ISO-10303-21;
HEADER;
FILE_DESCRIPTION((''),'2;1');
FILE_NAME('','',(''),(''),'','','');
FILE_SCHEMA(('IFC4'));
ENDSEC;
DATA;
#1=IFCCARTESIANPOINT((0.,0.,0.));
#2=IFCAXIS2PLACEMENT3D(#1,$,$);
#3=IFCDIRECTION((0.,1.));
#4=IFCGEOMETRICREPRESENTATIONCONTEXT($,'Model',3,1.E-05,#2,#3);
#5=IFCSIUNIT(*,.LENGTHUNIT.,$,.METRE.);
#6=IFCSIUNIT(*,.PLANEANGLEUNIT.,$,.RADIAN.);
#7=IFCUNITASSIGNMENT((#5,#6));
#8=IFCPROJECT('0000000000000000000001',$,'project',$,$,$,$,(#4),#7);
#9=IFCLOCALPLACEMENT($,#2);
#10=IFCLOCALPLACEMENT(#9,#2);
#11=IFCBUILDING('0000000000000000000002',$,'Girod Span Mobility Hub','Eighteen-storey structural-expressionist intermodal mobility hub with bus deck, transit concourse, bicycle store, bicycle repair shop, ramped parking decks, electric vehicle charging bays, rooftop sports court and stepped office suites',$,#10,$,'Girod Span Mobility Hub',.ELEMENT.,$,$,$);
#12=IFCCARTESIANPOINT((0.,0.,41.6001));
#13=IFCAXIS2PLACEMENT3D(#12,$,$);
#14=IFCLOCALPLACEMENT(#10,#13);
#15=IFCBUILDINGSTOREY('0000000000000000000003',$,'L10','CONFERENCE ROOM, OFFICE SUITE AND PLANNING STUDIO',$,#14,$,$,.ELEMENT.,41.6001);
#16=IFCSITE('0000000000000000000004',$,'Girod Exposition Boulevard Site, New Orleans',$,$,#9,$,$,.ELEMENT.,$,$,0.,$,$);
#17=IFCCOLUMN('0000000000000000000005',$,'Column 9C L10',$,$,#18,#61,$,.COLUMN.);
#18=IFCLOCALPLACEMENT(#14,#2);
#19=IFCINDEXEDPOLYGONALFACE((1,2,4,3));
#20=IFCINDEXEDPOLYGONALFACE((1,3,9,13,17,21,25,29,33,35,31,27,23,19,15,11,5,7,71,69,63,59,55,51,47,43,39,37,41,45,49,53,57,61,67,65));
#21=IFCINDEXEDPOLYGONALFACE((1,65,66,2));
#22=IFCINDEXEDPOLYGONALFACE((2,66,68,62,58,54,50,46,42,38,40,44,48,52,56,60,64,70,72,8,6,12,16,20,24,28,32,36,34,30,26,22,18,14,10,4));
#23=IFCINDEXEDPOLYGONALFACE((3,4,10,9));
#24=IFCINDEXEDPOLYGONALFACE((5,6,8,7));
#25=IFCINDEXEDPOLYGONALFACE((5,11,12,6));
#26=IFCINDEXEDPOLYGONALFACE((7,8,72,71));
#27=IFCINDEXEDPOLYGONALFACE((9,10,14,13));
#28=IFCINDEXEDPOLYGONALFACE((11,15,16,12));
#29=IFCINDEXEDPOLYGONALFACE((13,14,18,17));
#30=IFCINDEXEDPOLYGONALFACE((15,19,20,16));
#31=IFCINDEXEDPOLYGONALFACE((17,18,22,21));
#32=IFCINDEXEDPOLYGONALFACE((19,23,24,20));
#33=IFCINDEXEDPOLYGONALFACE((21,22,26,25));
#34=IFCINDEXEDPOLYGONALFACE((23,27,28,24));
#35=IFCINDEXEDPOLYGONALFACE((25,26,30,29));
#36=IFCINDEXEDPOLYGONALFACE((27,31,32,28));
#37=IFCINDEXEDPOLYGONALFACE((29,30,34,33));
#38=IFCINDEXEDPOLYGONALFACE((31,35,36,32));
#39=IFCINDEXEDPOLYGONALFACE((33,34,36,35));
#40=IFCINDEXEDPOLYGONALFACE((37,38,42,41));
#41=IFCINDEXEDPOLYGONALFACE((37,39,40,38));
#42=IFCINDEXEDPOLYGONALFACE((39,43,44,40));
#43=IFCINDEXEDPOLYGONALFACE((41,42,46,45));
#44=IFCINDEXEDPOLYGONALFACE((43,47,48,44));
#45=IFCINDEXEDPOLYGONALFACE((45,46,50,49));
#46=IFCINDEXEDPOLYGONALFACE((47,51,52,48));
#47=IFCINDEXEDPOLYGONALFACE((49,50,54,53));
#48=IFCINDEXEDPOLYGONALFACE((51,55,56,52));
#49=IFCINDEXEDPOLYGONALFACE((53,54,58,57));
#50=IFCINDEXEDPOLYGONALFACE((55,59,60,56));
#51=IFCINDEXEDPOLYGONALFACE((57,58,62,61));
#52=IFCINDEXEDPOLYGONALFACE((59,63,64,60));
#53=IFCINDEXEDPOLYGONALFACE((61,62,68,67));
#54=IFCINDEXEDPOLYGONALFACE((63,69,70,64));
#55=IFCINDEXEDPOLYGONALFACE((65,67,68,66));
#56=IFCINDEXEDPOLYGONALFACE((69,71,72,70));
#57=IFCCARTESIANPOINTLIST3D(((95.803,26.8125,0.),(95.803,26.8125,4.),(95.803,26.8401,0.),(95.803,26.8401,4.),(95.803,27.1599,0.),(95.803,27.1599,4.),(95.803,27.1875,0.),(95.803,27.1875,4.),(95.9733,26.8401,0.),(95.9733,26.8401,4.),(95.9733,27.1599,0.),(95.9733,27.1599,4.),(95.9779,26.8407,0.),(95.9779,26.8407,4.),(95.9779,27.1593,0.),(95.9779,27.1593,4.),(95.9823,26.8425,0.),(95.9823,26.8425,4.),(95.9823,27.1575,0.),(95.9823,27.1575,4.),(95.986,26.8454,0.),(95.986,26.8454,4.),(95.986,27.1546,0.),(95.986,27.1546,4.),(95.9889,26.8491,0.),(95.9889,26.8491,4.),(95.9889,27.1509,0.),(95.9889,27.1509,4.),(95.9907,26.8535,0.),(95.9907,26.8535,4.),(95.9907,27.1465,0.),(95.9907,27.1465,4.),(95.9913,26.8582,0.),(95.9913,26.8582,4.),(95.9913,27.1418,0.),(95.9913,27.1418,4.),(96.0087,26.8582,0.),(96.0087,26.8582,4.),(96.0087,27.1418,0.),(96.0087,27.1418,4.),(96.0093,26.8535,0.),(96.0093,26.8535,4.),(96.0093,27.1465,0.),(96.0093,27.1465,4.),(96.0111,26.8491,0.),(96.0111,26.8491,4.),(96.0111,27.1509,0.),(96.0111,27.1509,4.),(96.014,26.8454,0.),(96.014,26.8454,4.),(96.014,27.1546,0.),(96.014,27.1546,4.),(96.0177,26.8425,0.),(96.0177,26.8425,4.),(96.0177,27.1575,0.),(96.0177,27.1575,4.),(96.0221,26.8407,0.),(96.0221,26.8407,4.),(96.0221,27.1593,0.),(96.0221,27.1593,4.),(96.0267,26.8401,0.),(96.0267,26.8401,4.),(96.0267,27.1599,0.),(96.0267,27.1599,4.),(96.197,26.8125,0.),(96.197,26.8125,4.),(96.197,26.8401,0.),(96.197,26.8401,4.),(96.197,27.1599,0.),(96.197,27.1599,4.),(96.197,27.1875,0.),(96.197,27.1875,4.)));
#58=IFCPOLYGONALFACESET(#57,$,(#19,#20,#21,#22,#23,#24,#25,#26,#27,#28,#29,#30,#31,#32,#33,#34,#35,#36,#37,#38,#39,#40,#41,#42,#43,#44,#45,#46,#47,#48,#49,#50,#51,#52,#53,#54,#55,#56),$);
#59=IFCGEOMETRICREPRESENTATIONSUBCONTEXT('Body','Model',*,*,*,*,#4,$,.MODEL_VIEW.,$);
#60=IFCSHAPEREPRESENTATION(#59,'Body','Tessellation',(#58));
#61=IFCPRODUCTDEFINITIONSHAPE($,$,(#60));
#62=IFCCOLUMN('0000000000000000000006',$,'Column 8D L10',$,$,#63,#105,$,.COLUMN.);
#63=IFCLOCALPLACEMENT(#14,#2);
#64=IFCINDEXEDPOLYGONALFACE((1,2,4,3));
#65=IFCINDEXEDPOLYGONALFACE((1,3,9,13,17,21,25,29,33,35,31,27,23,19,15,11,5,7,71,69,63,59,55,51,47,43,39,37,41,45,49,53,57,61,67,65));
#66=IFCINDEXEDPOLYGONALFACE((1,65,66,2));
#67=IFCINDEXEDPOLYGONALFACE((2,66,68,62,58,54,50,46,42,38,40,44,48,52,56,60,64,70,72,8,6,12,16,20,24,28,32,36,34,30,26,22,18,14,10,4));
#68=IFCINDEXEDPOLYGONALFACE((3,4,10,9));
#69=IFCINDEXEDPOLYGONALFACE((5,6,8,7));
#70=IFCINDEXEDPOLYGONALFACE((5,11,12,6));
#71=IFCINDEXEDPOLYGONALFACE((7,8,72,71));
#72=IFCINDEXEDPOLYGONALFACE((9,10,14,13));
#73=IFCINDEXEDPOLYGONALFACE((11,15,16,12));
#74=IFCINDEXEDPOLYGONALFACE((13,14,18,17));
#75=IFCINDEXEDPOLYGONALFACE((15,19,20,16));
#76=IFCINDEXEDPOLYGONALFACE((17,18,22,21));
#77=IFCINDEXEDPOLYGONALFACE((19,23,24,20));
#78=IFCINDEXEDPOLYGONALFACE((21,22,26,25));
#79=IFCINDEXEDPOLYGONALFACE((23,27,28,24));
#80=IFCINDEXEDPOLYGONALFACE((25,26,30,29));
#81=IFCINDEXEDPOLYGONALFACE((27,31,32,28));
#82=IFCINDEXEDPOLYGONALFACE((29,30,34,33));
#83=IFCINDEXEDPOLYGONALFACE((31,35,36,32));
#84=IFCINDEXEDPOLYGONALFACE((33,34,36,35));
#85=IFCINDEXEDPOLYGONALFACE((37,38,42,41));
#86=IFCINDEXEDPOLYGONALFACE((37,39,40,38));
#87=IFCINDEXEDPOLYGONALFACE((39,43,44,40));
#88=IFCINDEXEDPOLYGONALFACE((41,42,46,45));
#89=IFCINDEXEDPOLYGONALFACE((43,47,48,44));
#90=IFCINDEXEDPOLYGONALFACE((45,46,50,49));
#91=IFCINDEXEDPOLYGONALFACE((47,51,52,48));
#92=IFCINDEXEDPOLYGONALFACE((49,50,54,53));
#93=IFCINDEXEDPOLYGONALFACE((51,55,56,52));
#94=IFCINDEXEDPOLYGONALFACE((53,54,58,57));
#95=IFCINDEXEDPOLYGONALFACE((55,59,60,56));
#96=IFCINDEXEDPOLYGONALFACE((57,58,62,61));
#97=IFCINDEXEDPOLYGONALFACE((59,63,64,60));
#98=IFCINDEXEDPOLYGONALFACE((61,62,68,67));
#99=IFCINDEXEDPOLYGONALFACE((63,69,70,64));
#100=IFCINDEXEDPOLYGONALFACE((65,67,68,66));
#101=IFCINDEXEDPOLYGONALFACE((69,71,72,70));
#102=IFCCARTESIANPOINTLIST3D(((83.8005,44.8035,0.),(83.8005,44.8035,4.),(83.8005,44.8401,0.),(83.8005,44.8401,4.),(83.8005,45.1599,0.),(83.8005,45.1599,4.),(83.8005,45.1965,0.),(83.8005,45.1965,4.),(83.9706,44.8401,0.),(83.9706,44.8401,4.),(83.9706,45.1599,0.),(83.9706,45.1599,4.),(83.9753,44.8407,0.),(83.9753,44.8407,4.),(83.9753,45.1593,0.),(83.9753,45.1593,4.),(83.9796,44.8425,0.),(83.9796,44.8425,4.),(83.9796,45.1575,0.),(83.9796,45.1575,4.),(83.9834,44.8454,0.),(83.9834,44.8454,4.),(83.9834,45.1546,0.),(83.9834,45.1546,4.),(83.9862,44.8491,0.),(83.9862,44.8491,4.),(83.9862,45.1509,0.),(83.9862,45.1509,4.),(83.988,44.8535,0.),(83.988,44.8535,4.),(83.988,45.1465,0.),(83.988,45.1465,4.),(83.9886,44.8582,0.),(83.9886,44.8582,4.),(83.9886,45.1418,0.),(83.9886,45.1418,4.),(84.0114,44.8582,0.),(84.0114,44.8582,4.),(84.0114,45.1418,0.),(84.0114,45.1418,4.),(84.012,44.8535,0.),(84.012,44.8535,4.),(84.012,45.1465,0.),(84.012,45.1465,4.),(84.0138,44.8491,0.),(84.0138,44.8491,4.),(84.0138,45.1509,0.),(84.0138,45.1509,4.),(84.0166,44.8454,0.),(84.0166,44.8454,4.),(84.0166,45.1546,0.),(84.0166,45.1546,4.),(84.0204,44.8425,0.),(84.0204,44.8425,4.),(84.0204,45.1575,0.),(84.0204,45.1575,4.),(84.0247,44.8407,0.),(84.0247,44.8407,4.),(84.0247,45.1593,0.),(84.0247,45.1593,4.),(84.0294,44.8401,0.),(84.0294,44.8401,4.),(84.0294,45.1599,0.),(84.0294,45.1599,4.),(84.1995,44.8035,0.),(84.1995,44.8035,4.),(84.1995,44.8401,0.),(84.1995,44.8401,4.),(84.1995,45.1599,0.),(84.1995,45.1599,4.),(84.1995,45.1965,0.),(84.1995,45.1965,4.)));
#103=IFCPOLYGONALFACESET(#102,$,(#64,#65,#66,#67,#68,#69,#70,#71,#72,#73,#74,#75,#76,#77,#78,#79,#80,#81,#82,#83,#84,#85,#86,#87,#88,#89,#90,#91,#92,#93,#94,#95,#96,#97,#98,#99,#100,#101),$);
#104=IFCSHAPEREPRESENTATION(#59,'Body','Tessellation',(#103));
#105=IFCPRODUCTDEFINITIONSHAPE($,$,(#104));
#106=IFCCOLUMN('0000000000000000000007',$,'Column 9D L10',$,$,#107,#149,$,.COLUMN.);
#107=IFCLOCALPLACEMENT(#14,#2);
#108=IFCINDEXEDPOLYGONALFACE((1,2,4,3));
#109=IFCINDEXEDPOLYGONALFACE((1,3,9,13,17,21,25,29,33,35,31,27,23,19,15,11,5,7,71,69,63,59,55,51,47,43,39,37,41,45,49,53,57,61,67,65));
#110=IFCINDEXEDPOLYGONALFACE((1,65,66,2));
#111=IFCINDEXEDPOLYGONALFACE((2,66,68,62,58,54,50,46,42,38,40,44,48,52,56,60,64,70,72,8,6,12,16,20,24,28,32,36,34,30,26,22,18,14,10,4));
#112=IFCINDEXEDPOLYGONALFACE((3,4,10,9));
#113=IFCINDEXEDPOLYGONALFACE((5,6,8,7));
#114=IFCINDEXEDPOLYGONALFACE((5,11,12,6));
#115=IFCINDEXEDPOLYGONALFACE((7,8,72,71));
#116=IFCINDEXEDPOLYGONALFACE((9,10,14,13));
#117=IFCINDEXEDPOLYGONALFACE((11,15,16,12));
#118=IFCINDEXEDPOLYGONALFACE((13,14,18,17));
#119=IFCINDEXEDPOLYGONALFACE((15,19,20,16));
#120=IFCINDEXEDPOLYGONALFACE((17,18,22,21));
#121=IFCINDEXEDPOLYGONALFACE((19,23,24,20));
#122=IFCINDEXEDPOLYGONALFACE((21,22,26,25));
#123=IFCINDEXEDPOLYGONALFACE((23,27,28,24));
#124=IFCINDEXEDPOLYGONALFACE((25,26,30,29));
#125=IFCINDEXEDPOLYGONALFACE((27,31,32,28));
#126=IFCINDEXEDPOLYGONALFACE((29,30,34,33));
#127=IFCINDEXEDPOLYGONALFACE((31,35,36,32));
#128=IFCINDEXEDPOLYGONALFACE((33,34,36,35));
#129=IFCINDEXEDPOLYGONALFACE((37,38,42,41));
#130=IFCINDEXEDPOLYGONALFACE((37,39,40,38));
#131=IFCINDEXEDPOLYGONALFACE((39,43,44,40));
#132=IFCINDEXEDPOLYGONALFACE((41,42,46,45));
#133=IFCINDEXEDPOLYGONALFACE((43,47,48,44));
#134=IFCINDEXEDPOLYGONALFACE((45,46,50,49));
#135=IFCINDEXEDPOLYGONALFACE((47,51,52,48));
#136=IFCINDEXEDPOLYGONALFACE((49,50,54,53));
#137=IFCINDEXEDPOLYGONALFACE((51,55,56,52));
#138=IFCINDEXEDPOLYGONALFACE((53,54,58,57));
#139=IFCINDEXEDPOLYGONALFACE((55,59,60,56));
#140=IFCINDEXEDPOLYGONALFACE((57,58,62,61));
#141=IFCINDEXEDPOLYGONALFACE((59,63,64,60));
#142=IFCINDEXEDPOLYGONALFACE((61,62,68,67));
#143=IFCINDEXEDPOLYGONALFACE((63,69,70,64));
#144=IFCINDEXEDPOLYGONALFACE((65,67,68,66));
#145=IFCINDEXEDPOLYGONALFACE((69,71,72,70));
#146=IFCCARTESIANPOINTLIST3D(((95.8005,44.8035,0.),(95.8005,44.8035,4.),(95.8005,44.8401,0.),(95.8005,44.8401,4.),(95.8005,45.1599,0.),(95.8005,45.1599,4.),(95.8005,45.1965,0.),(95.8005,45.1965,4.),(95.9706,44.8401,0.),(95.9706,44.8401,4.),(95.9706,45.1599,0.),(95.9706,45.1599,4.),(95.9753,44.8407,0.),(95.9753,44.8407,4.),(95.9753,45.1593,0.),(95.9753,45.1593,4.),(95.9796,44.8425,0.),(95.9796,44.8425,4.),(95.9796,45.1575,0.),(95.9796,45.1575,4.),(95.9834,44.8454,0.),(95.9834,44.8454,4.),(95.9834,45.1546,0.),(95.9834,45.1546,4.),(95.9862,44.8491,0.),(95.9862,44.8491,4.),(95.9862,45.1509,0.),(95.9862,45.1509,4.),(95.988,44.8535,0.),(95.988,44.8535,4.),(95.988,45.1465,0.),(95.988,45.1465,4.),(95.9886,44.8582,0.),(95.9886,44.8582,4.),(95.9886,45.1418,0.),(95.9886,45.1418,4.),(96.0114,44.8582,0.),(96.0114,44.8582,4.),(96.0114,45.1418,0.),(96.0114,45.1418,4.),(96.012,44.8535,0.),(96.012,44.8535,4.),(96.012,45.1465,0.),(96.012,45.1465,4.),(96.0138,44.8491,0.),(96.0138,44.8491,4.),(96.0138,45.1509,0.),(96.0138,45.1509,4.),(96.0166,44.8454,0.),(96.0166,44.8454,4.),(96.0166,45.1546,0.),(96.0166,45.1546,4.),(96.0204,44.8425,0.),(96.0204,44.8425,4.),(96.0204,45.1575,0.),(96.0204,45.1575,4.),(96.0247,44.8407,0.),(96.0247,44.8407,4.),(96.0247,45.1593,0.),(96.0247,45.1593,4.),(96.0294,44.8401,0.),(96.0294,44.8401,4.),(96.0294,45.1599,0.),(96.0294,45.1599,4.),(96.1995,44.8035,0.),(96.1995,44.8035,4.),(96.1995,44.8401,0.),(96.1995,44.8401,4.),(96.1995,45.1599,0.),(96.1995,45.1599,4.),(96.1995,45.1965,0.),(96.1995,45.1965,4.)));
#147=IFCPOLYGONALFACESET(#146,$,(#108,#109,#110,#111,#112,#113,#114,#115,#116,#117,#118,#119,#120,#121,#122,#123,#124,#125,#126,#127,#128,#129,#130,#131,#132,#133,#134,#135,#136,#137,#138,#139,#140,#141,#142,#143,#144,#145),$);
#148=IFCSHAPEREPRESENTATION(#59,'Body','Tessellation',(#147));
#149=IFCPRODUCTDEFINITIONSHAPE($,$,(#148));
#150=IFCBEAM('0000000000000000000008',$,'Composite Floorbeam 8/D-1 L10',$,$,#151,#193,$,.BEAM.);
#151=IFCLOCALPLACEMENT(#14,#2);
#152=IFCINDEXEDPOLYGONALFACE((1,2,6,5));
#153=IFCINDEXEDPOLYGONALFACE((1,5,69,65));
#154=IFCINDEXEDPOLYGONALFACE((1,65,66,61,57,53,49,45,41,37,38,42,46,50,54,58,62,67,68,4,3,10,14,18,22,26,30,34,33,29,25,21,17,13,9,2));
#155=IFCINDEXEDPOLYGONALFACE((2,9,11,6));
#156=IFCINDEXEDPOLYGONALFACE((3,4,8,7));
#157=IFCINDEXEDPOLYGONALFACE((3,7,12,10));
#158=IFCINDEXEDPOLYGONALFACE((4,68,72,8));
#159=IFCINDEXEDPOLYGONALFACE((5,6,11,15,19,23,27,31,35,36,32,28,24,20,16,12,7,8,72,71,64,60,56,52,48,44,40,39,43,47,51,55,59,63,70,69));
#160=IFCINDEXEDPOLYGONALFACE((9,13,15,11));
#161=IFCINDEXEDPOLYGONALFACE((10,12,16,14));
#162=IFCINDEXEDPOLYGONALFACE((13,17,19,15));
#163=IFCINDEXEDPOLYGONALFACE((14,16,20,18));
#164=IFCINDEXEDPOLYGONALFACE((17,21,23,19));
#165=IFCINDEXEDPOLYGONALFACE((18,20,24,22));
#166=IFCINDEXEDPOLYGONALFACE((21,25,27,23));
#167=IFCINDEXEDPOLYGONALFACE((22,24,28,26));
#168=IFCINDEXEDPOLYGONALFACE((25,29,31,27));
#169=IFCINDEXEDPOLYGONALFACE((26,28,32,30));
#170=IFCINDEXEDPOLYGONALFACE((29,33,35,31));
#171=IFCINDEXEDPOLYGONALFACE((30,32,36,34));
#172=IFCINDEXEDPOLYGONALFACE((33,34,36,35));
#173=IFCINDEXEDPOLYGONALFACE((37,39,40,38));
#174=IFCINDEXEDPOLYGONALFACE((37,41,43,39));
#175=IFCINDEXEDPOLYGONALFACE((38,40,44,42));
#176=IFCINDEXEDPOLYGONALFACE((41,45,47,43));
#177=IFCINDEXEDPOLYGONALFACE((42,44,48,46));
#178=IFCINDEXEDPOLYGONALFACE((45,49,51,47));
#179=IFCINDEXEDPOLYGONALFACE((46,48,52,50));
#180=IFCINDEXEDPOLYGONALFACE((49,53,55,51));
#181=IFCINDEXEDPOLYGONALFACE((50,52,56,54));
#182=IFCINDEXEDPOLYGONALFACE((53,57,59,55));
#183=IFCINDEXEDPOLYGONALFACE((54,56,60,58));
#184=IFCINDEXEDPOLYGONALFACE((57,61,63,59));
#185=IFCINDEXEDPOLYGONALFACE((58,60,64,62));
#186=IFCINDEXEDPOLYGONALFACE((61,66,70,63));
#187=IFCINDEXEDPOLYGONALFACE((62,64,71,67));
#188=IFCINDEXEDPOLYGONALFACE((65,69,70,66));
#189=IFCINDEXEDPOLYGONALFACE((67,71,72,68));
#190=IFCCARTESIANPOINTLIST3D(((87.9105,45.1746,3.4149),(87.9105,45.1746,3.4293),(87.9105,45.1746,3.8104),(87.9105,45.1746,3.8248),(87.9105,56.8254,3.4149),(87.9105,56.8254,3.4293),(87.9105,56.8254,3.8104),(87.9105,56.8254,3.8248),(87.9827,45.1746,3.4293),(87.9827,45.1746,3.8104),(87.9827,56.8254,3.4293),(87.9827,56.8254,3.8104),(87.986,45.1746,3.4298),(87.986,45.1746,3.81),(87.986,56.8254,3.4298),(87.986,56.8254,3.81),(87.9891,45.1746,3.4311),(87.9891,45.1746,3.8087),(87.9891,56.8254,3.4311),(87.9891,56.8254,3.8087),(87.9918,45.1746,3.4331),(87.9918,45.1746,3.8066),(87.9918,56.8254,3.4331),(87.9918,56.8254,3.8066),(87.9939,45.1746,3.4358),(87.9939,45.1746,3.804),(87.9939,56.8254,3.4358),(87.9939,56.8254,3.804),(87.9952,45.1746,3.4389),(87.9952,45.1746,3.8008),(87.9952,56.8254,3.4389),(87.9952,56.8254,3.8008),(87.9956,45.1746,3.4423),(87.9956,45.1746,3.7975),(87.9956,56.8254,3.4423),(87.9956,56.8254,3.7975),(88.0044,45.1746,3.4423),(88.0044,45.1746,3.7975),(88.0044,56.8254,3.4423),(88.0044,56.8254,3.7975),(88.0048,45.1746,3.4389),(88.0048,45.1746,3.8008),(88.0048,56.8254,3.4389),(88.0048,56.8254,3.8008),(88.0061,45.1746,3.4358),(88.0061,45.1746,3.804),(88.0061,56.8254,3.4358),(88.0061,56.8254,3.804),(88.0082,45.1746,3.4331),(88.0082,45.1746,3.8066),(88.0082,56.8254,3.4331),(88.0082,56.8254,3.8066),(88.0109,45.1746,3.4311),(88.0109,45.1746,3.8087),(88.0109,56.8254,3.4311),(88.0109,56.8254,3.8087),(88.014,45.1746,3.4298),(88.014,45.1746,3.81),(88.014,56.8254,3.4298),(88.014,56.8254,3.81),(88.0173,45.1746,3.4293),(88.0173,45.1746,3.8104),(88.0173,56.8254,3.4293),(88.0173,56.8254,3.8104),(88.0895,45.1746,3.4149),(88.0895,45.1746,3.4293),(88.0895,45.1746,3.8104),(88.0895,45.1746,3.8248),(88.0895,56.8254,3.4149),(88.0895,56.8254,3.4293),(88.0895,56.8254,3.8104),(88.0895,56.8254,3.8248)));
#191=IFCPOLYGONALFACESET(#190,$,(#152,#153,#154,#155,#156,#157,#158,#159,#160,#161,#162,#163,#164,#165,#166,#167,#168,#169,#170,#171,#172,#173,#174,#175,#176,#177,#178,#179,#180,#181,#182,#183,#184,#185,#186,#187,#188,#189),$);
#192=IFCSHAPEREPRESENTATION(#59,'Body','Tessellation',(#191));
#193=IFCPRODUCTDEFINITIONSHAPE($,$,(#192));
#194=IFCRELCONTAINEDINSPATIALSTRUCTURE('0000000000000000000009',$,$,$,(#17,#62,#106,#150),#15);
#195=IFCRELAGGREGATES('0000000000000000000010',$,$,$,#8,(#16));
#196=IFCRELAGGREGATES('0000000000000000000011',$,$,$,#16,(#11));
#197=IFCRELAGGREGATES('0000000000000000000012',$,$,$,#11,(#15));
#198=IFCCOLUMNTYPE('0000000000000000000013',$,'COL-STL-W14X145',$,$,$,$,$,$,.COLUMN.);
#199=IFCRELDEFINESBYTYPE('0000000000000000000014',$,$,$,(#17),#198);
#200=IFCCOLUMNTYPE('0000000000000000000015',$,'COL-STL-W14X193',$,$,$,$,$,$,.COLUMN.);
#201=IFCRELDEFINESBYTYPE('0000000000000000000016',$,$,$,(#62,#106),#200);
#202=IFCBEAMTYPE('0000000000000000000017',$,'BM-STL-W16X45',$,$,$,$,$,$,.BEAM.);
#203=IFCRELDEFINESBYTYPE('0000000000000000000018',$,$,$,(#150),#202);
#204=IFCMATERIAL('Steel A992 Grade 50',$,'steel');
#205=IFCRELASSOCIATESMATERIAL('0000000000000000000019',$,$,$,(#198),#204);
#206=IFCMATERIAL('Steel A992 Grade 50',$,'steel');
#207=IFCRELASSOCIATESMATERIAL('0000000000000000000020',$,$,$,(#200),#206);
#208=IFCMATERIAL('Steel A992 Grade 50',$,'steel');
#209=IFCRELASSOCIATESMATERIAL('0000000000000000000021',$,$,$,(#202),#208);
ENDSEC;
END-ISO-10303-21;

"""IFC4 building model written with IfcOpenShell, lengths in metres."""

from ifc_helpers import new_model, si_unit, direction, frame, origin, origin_2d, place, context, subcontext, project, spatial, i_section, extrude, material, material_profile, profile_set, type_object, element, save


model = new_model("IFC4")

# Units and contexts
model_context = context("Model", 3, precision=1e-05, world=origin(), true_north=direction((0.0, 1.0)))
body_context = subcontext(model_context, "Body", "Model", "MODEL_VIEW")
ifc_project = project(units=[si_unit("LENGTHUNIT", "METRE"), si_unit("PLANEANGLEUNIT", "RADIAN")], contexts=[model_context])

# Site, building, storey
site_placement = place(None, origin())
site = spatial("IfcSite", under=ifc_project, at=site_placement, Name="Girod Exposition Boulevard Site, New Orleans", CompositionType="ELEMENT", RefElevation=0.0)
building_placement = place(site_placement, origin())
building = spatial("IfcBuilding", under=site, at=building_placement, Name="Girod Span Mobility Hub", Description="Eighteen-storey structural-expressionist intermodal mobility hub with bus deck, transit concourse, bicycle store, bicycle repair shop, ramped parking decks, electric vehicle charging bays, rooftop sports court and stepped office suites", LongName="Girod Span Mobility Hub", CompositionType="ELEMENT")
storey_placement = place(building_placement, frame((0.0, 0.0, 41.6001)))
storey = spatial("IfcBuildingStorey", under=building, at=storey_placement, Name="L10", Description="CONFERENCE ROOM, OFFICE SUITE AND PLANNING STUDIO", CompositionType="ELEMENT", Elevation=41.6001)

# Columns
ifc_material_1 = material(Name="Steel A992 Grade 50", Category="steel")
ifc_material_profile_1 = material_profile(ifc_material_1, i_section(OverallWidth=0.394, OverallDepth=0.375, WebThickness=0.0173, FlangeThickness=0.0276, FilletRadius=0.0181, at=origin_2d()), Name="W14X145")
ifc_profile_set_1 = profile_set([ifc_material_profile_1], Name="Steel A992 Grade 50")
column_type_1 = type_object("IfcColumnType", Name="COL-STL-W14X145", PredefinedType="COLUMN", material=ifc_profile_set_1)
column_placement = place(storey_placement, frame((96.0, 27.0, 0.0), z_axis=(0.0, 0.0, 1.0), x_axis=(1.0, 0.0, 0.0)))
element("IfcColumn", 1, at=column_placement, inside=storey, type_object=column_type_1, Name="Column 9C L10", PredefinedType="COLUMN", context=body_context, shape_type="SweptSolid", body=[
    extrude(i_section(OverallWidth=0.394, OverallDepth=0.375, WebThickness=0.0173, FlangeThickness=0.0276, FilletRadius=0.0181, at=origin_2d()), origin(), (0.0, 0.0, 1.0), 4.0),
])
ifc_material_2 = material(Name="Steel A992 Grade 50", Category="steel")
ifc_material_profile_2 = material_profile(ifc_material_2, i_section(OverallWidth=0.3989, OverallDepth=0.3931, WebThickness=0.0227, FlangeThickness=0.0366, FilletRadius=0.0181, at=origin_2d()), Name="W14X193")
ifc_profile_set_2 = profile_set([ifc_material_profile_2], Name="Steel A992 Grade 50")
column_type_2 = type_object("IfcColumnType", Name="COL-STL-W14X193", PredefinedType="COLUMN", material=ifc_profile_set_2)
for number, where, z_axis, x_axis, name in (
    (2, (84.0, 45.0, 0.0), (0.0, 0.0, 1.0), (1.0, 0.0, 0.0), "Column 8D L10"),
    (3, (96.0, 45.0, 0.0), (0.0, 0.0, 1.0), (1.0, 0.0, 0.0), "Column 9D L10"),
):
    element("IfcColumn", number, at=place(storey_placement, frame(where, z_axis=z_axis, x_axis=x_axis)), inside=storey, type_object=column_type_2, Name=name, PredefinedType="COLUMN", context=body_context, shape_type="SweptSolid", body=[
        extrude(i_section(OverallWidth=0.3989, OverallDepth=0.3931, WebThickness=0.0227, FlangeThickness=0.0366, FilletRadius=0.0181, at=origin_2d()), origin(), (0.0, 0.0, 1.0), 4.0),
    ])

# Beam
ifc_material_3 = material(Name="Steel A992 Grade 50", Category="steel")
ifc_material_profile_3 = material_profile(ifc_material_3, i_section(OverallWidth=0.179, OverallDepth=0.4099, WebThickness=0.0088, FlangeThickness=0.0144, FilletRadius=0.0129, at=origin_2d()), Name="W16X45")
ifc_profile_set_3 = profile_set([ifc_material_profile_3], Name="Steel A992 Grade 50")
beam_type_1 = type_object("IfcBeamType", Name="BM-STL-W16X45", PredefinedType="BEAM", material=ifc_profile_set_3)
for number, where, z_axis, x_axis, name in (
    (4, (88.0, 45.1746, 3.6199), (0.0, 1.0, 0.0), (-1.0, 0.0, 0.0), "Composite Floorbeam 8/D-1 L10"),
):
    element("IfcBeam", number, at=place(storey_placement, frame(where, z_axis=z_axis, x_axis=x_axis)), inside=storey, type_object=beam_type_1, Name=name, PredefinedType="BEAM", context=body_context, shape_type="SweptSolid", body=[
        extrude(i_section(OverallWidth=0.179, OverallDepth=0.4099, WebThickness=0.0088, FlangeThickness=0.0144, FilletRadius=0.0129, at=origin_2d()), origin(), (0.0, 0.0, 1.0), 11.6509),
    ])

save(model, "model.ifc")
